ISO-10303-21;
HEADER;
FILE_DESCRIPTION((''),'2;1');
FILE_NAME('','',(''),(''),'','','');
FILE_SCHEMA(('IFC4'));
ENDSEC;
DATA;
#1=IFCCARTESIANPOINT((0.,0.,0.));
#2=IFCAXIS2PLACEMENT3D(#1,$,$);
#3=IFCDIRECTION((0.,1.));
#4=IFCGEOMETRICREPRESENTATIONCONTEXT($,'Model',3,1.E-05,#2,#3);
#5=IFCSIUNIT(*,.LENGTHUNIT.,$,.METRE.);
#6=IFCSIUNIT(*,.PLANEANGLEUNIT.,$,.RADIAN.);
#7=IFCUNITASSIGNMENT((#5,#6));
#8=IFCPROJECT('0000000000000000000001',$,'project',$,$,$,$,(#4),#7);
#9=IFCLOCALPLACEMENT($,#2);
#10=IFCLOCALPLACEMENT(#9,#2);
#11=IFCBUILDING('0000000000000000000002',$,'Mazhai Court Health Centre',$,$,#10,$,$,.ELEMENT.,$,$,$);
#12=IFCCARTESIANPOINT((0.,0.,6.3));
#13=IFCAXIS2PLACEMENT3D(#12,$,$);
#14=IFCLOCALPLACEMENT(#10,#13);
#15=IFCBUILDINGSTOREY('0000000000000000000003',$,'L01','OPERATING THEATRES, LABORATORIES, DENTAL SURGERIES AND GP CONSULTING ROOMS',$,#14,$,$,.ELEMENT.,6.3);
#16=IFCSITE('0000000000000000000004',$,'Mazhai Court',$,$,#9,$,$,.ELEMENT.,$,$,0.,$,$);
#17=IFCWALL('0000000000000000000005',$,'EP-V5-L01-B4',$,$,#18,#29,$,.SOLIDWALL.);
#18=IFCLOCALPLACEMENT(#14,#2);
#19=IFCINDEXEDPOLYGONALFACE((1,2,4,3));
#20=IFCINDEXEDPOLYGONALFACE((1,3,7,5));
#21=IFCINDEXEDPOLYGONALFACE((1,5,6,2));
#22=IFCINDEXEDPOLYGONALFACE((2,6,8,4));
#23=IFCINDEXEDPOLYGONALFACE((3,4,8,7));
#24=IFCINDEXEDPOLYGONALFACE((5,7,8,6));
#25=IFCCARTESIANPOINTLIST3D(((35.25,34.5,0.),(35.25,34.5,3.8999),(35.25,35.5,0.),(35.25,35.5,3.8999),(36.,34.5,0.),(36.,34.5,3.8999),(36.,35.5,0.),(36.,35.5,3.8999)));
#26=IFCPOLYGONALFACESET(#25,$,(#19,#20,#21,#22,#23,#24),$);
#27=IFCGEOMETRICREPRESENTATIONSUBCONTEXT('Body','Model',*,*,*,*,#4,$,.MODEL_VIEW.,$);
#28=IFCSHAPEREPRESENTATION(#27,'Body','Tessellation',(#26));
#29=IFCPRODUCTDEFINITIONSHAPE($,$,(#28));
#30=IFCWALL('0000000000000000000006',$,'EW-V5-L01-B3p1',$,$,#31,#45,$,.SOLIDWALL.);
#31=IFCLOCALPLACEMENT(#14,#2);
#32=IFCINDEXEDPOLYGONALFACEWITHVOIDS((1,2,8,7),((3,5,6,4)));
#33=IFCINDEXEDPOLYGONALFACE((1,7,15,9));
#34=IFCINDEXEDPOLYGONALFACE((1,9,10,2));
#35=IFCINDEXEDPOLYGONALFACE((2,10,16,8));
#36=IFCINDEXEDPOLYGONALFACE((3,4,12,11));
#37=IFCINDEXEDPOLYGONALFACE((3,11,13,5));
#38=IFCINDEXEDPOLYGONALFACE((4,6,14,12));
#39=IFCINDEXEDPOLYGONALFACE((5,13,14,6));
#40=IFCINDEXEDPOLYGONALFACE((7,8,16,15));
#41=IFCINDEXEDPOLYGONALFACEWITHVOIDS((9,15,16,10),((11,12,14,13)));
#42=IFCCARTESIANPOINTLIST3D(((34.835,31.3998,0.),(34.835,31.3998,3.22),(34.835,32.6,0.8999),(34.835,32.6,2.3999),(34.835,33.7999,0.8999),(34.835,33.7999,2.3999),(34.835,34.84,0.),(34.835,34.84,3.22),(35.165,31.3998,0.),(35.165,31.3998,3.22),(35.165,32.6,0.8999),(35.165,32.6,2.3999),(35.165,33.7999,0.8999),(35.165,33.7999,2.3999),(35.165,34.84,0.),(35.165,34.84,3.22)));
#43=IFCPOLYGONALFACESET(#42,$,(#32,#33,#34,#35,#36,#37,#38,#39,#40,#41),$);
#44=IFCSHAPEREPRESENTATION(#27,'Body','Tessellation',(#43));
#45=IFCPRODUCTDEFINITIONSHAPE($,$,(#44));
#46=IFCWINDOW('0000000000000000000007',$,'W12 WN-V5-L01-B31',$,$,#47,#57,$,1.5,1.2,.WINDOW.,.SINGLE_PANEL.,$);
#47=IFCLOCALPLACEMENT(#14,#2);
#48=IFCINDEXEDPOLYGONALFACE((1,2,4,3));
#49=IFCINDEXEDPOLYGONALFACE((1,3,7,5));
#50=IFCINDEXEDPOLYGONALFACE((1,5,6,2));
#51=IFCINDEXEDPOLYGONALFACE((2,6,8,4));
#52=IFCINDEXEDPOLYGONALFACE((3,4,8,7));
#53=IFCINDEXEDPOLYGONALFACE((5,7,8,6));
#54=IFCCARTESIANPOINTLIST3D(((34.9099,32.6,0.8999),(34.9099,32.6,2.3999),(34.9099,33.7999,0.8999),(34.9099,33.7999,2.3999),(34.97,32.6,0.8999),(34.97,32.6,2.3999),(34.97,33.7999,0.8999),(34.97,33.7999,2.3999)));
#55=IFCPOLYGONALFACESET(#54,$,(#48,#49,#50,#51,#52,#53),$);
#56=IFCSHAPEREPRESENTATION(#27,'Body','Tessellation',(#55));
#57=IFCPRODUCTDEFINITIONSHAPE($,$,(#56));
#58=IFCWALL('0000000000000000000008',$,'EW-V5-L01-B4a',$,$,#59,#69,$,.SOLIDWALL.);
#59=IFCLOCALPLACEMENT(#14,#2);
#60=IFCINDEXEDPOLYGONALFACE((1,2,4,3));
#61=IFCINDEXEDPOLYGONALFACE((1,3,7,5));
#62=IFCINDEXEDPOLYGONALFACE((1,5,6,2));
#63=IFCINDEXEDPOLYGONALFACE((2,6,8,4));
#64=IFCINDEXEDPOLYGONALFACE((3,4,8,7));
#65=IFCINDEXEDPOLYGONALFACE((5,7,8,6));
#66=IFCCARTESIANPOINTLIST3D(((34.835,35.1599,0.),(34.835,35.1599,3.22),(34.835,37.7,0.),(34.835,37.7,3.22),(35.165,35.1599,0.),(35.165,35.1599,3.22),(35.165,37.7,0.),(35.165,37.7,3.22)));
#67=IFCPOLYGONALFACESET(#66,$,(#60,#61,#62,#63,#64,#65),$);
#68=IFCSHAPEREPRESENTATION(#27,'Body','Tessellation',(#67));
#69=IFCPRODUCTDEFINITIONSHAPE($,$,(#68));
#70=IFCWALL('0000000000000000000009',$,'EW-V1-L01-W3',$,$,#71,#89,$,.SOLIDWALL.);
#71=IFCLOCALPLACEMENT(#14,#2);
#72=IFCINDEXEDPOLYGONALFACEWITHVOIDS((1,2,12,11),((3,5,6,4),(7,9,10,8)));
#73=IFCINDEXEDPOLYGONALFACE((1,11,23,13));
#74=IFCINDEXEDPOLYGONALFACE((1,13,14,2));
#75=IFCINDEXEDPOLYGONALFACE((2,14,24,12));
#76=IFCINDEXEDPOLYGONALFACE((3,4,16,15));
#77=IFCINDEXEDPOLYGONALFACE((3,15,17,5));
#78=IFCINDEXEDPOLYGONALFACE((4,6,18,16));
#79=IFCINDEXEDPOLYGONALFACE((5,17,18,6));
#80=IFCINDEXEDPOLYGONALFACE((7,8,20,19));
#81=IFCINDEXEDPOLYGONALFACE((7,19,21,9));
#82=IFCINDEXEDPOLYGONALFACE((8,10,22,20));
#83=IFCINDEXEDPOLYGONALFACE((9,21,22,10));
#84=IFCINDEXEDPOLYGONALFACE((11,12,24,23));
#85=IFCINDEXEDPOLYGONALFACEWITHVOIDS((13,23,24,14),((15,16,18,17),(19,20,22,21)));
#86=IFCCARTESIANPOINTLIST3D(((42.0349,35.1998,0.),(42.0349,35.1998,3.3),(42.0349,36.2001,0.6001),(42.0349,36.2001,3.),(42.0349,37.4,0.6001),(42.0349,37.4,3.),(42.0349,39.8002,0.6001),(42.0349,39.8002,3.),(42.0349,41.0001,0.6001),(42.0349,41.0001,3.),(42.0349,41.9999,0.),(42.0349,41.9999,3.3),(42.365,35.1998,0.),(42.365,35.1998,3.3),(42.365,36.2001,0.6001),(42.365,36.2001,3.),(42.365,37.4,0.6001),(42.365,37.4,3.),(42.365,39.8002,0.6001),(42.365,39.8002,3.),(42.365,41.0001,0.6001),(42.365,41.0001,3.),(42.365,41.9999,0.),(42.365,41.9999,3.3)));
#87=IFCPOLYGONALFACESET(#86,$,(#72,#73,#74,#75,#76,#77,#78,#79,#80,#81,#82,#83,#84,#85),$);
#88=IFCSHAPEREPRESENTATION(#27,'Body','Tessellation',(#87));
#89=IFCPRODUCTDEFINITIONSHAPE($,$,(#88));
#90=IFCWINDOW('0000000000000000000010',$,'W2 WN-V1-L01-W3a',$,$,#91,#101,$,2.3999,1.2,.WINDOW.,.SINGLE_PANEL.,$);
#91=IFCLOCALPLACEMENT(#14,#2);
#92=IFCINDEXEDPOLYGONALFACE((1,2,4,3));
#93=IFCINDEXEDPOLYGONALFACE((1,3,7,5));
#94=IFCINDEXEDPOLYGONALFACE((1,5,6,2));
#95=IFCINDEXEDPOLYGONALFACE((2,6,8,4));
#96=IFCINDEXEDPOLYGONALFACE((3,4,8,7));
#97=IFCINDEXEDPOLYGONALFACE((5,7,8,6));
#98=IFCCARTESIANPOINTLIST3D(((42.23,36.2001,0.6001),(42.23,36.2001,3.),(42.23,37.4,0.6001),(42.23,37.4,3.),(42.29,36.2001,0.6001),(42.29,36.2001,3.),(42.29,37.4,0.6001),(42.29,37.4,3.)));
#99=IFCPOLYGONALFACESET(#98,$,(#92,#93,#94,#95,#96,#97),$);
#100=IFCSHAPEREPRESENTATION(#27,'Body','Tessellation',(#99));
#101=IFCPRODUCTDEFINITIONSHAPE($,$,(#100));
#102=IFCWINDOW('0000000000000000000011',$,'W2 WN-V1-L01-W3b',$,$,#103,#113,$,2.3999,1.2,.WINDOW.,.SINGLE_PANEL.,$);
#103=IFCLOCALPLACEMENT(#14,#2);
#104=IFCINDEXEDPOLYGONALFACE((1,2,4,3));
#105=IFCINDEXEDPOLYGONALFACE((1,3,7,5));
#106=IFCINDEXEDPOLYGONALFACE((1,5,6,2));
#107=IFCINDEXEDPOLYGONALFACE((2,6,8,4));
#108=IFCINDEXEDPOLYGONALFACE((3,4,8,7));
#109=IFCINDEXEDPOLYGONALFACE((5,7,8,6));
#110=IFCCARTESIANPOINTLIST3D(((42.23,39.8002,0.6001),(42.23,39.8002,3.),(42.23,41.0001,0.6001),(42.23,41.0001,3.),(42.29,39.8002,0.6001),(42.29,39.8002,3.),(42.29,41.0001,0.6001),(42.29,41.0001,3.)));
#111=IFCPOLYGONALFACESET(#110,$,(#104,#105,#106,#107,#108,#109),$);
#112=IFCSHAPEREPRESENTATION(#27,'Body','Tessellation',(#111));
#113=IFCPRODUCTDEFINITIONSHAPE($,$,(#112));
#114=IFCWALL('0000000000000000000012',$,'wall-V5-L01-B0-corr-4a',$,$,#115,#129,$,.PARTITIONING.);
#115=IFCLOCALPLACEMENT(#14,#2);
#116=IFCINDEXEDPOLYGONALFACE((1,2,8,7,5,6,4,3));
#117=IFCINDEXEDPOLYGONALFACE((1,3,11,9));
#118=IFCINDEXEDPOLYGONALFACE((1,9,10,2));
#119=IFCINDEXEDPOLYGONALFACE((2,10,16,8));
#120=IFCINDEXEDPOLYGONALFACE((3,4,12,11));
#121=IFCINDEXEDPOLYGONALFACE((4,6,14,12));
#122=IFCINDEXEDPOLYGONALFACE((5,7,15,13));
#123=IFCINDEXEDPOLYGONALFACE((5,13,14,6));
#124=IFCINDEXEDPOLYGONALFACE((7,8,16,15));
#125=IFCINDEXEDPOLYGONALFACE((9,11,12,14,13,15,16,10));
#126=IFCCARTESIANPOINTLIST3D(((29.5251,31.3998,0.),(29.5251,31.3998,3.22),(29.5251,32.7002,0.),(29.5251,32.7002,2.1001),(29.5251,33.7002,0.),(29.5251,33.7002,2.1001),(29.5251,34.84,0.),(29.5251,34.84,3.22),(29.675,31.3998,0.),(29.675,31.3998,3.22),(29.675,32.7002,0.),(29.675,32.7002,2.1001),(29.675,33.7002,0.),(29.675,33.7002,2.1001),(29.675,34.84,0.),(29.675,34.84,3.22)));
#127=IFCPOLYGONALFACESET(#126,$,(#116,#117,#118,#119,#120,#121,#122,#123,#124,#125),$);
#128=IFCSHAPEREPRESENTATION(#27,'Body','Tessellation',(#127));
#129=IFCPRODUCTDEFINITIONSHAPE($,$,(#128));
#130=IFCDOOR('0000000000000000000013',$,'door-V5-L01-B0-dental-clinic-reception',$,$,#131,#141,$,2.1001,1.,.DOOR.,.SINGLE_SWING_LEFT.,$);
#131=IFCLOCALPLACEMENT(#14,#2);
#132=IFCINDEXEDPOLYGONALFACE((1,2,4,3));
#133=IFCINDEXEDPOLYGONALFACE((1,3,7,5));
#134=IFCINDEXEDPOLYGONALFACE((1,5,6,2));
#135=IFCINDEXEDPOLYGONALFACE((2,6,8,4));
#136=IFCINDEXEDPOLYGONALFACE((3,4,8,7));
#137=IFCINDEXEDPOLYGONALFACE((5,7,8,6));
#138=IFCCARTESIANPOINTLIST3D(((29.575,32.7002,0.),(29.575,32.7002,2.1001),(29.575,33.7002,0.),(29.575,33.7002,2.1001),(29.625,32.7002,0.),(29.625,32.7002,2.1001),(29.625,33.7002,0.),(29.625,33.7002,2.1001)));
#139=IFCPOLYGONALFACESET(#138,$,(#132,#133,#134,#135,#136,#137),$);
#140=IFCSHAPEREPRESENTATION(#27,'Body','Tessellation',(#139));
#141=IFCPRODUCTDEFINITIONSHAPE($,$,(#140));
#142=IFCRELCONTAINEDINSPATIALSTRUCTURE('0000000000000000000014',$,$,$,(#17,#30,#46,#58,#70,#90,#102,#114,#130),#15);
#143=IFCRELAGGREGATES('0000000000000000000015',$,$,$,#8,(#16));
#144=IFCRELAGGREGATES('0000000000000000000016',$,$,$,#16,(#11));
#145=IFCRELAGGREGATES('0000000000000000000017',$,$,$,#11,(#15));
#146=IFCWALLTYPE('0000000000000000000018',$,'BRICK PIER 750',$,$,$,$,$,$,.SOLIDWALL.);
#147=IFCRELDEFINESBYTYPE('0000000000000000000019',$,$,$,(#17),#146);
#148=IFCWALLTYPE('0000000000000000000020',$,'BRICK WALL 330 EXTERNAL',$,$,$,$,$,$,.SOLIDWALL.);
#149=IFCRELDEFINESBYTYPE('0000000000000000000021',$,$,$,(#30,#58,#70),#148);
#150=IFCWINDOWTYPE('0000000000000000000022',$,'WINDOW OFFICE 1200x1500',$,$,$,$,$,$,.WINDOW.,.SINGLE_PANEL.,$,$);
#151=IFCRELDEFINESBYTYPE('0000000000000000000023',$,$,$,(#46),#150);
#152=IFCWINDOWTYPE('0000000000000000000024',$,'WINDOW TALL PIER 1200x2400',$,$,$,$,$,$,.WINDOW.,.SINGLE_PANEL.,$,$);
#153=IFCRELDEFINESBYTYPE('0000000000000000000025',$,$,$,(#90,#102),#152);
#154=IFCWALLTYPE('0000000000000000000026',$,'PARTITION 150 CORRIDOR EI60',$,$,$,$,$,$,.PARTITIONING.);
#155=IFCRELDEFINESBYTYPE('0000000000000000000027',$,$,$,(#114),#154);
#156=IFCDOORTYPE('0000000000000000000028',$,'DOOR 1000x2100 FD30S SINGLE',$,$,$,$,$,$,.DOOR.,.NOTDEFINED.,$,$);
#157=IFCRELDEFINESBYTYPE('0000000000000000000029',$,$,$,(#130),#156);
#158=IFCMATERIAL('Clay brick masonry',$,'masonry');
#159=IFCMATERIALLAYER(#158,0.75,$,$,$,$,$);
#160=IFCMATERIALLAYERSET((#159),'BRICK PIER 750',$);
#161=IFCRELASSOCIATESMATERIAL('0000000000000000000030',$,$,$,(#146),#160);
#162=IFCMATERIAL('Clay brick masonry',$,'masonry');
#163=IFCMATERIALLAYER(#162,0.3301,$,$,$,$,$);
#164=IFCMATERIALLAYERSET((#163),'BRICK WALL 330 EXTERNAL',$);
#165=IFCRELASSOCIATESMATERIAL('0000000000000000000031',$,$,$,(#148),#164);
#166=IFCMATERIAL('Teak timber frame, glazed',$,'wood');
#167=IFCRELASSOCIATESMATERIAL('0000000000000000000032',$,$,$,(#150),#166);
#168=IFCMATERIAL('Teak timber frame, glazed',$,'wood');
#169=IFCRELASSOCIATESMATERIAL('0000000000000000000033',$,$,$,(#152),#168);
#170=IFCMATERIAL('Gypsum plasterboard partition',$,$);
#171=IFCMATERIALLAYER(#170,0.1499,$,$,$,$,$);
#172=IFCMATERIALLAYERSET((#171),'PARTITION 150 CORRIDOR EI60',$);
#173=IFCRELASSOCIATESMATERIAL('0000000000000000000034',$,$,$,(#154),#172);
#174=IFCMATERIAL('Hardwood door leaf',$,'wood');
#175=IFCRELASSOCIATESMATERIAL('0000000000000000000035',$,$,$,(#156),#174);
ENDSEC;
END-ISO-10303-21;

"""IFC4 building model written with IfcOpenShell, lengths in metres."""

from ifc_helpers import new_model, si_unit, direction, frame, frame_2d, origin, place, context, subcontext, project, spatial, rectangle, extrude, material, layer, layer_set, type_object, element, fill, save


model = new_model("IFC4")

# Units and contexts
model_context = context("Model", 3, precision=1e-05, world=origin(), true_north=direction((0.0, 1.0)))
body_context = subcontext(model_context, "Body", "Model", "MODEL_VIEW")
ifc_project = project(units=[si_unit("LENGTHUNIT", "METRE"), si_unit("PLANEANGLEUNIT", "RADIAN")], contexts=[model_context])

# Site, building, storey
site_placement = place(None, origin())
site = spatial("IfcSite", under=ifc_project, at=site_placement, Name="Mazhai Court", CompositionType="ELEMENT", RefElevation=0.0)
building_placement = place(site_placement, origin())
building = spatial("IfcBuilding", under=site, at=building_placement, Name="Mazhai Court Health Centre", CompositionType="ELEMENT")
storey_placement = place(building_placement, frame((0.0, 0.0, 6.3)))
storey = spatial("IfcBuildingStorey", under=building, at=storey_placement, Name="L01", Description="OPERATING THEATRES, LABORATORIES, DENTAL SURGERIES AND GP CONSULTING ROOMS", CompositionType="ELEMENT", Elevation=6.3)

# Wall
ifc_material_1 = material(Name="Clay brick masonry", Category="masonry")
ifc_layer_1 = layer(ifc_material_1, 0.75)
ifc_layer_set_1 = layer_set([ifc_layer_1], Name="BRICK PIER 750")
wall_type_1 = type_object("IfcWallType", Name="BRICK PIER 750", PredefinedType="SOLIDWALL", material=ifc_layer_set_1)
wall_1_placement = place(storey_placement, frame((35.625, 35.5, 0.0), z_axis=(0.0, 0.0, 1.0), x_axis=(0.0, -1.0, 0.0)))
element("IfcWall", 1, at=wall_1_placement, inside=storey, type_object=wall_type_1, Name="EP-V5-L01-B4", PredefinedType="SOLIDWALL", context=body_context, shape_type="SweptSolid", body=[
    extrude(rectangle(XDim=1.0, YDim=0.75, at=frame_2d((0.5, 0.0))), origin(), (0.0, 0.0, 1.0), 3.8999),
])

# Wall, opening, window
ifc_material_2 = material(Name="Clay brick masonry", Category="masonry")
ifc_layer_2 = layer(ifc_material_2, 0.3301)
ifc_layer_set_2 = layer_set([ifc_layer_2], Name="BRICK WALL 330 EXTERNAL")
wall_type_2 = type_object("IfcWallType", Name="BRICK WALL 330 EXTERNAL", PredefinedType="SOLIDWALL", material=ifc_layer_set_2)
wall_2_placement = place(storey_placement, frame((35.0, 34.8401, 0.0), z_axis=(0.0, 0.0, 1.0), x_axis=(0.0, -1.0, 0.0)))
wall_2 = element("IfcWall", 2, at=wall_2_placement, inside=storey, type_object=wall_type_2, Name="EW-V5-L01-B3p1", PredefinedType="SOLIDWALL", context=body_context, shape_type="SweptSolid", body=[
    extrude(rectangle(XDim=3.4402, YDim=0.3301, at=frame_2d((1.7202, 0.0))), origin(), (0.0, 0.0, 1.0), 3.22),
])
opening_1_placement = place(wall_2_placement, frame((1.04, 0.0, 0.8999)))
opening_1 = element("IfcOpeningElement", 3, at=opening_1_placement, cuts=wall_2, PredefinedType="OPENING", context=body_context, shape_type="SweptSolid", body=[
    extrude(rectangle(XDim=1.2, YDim=1.5, at=frame_2d((0.6001, 0.75))), frame((0.0, 0.175, 0.0), z_axis=(0.0, -1.0, 0.0), x_axis=(1.0, 0.0, 0.0)), (0.0, 0.0, 1.0), 0.3501),
])
ifc_material_3 = material(Name="Teak timber frame, glazed", Category="wood")
window_type_1 = type_object("IfcWindowType", Name="WINDOW OFFICE 1200x1500", PartitioningType="SINGLE_PANEL", PredefinedType="WINDOW", material=ifc_material_3)
window_1_placement = place(opening_1_placement, origin())
window_1 = element("IfcWindow", 4, at=window_1_placement, inside=storey, type_object=window_type_1, Name="W12 WN-V5-L01-B31", OverallHeight=1.5, OverallWidth=1.2, PartitioningType="SINGLE_PANEL", PredefinedType="WINDOW", context=body_context, shape_type="SweptSolid", body=[
    extrude(rectangle(XDim=1.2, YDim=1.5, at=frame_2d((0.6001, 0.75))), frame((0.0, -0.03, 0.0), z_axis=(0.0, -1.0, 0.0), x_axis=(1.0, 0.0, 0.0)), (0.0, 0.0, 1.0), 0.0601),
])
fill(opening_1, window_1)

# Wall
wall_3_placement = place(storey_placement, frame((35.0, 37.7, 0.0), z_axis=(0.0, 0.0, 1.0), x_axis=(0.0, -1.0, 0.0)))
element("IfcWall", 5, at=wall_3_placement, inside=storey, type_object=wall_type_2, Name="EW-V5-L01-B4a", PredefinedType="SOLIDWALL", context=body_context, shape_type="SweptSolid", body=[
    extrude(rectangle(XDim=2.54, YDim=0.3301, at=frame_2d((1.27, 0.0))), origin(), (0.0, 0.0, 1.0), 3.22),
])

# Wall, openings, windows
wall_4_placement = place(storey_placement, frame((42.2, 35.2, 0.0), z_axis=(0.0, 0.0, 1.0), x_axis=(0.0, 1.0, 0.0)))
wall_4 = element("IfcWall", 6, at=wall_4_placement, inside=storey, type_object=wall_type_2, Name="EW-V1-L01-W3", PredefinedType="SOLIDWALL", context=body_context, shape_type="SweptSolid", body=[
    extrude(rectangle(XDim=6.8, YDim=0.3301, at=frame_2d((3.3999, 0.0))), origin(), (0.0, 0.0, 1.0), 3.3),
])
opening_2_placement = place(wall_4_placement, frame((1.0, 0.0, 0.6001)))
opening_2 = element("IfcOpeningElement", 7, at=opening_2_placement, cuts=wall_4, PredefinedType="OPENING", context=body_context, shape_type="SweptSolid", body=[
    extrude(rectangle(XDim=1.2, YDim=2.3999, at=frame_2d((0.6001, 1.2))), frame((0.0, 0.175, 0.0), z_axis=(0.0, -1.0, 0.0), x_axis=(1.0, 0.0, 0.0)), (0.0, 0.0, 1.0), 0.3501),
])
opening_3_placement = place(wall_4_placement, frame((4.6001, 0.0, 0.6001)))
opening_3 = element("IfcOpeningElement", 8, at=opening_3_placement, cuts=wall_4, PredefinedType="OPENING", context=body_context, shape_type="SweptSolid", body=[
    extrude(rectangle(XDim=1.2, YDim=2.3999, at=frame_2d((0.6001, 1.2))), frame((0.0, 0.175, 0.0), z_axis=(0.0, -1.0, 0.0), x_axis=(1.0, 0.0, 0.0)), (0.0, 0.0, 1.0), 0.3501),
])
ifc_material_4 = material(Name="Teak timber frame, glazed", Category="wood")
window_type_2 = type_object("IfcWindowType", Name="WINDOW TALL PIER 1200x2400", PartitioningType="SINGLE_PANEL", PredefinedType="WINDOW", material=ifc_material_4)
window_2_placement = place(opening_2_placement, origin())
window_2 = element("IfcWindow", 9, at=window_2_placement, inside=storey, type_object=window_type_2, Name="W2 WN-V1-L01-W3a", OverallHeight=2.3999, OverallWidth=1.2, PartitioningType="SINGLE_PANEL", PredefinedType="WINDOW", context=body_context, shape_type="SweptSolid", body=[
    extrude(rectangle(XDim=1.2, YDim=2.3999, at=frame_2d((0.6001, 1.2))), frame((0.0, -0.03, 0.0), z_axis=(0.0, -1.0, 0.0), x_axis=(1.0, 0.0, 0.0)), (0.0, 0.0, 1.0), 0.0601),
])
fill(opening_2, window_2)
window_3_placement = place(opening_3_placement, origin())
window_3 = element("IfcWindow", 10, at=window_3_placement, inside=storey, type_object=window_type_2, Name="W2 WN-V1-L01-W3b", OverallHeight=2.3999, OverallWidth=1.2, PartitioningType="SINGLE_PANEL", PredefinedType="WINDOW", context=body_context, shape_type="SweptSolid", body=[
    extrude(rectangle(XDim=1.2, YDim=2.3999, at=frame_2d((0.6001, 1.2))), frame((0.0, -0.03, 0.0), z_axis=(0.0, -1.0, 0.0), x_axis=(1.0, 0.0, 0.0)), (0.0, 0.0, 1.0), 0.0601),
])
fill(opening_3, window_3)

# Wall, opening, door
ifc_material_5 = material(Name="Gypsum plasterboard partition")
ifc_layer_3 = layer(ifc_material_5, 0.1499)
ifc_layer_set_3 = layer_set([ifc_layer_3], Name="PARTITION 150 CORRIDOR EI60")
wall_type_3 = type_object("IfcWallType", Name="PARTITION 150 CORRIDOR EI60", PredefinedType="PARTITIONING", material=ifc_layer_set_3)
wall_5_placement = place(storey_placement, frame((29.6001, 34.8401, 0.0), z_axis=(0.0, 0.0, 1.0), x_axis=(0.0, -1.0, 0.0)))
wall_5 = element("IfcWall", 11, at=wall_5_placement, inside=storey, type_object=wall_type_3, Name="wall-V5-L01-B0-corr-4a", PredefinedType="PARTITIONING", context=body_context, shape_type="SweptSolid", body=[
    extrude(rectangle(XDim=3.4402, YDim=0.1499, at=frame_2d((1.7202, 0.0))), origin(), (0.0, 0.0, 1.0), 3.22),
])
opening_4_placement = place(wall_5_placement, frame((1.1399, 0.0, 0.0)))
opening_4 = element("IfcOpeningElement", 12, at=opening_4_placement, cuts=wall_5, PredefinedType="OPENING", context=body_context, shape_type="SweptSolid", body=[
    extrude(rectangle(XDim=1.0, YDim=2.1001, at=frame_2d((0.5, 1.05))), frame((0.0, 0.085, 0.0), z_axis=(0.0, -1.0, 0.0), x_axis=(1.0, 0.0, 0.0)), (0.0, 0.0, 1.0), 0.1699),
])
ifc_material_6 = material(Name="Hardwood door leaf", Category="wood")
door_type_1 = type_object("IfcDoorType", Name="DOOR 1000x2100 FD30S SINGLE", OperationType="NOTDEFINED", PredefinedType="DOOR", material=ifc_material_6)
door_1_placement = place(opening_4_placement, origin())
door_1 = element("IfcDoor", 13, at=door_1_placement, inside=storey, type_object=door_type_1, Name="door-V5-L01-B0-dental-clinic-reception", OperationType="SINGLE_SWING_LEFT", OverallHeight=2.1001, OverallWidth=1.0, PredefinedType="DOOR", context=body_context, shape_type="SweptSolid", body=[
    extrude(rectangle(XDim=1.0, YDim=2.1001, at=frame_2d((0.5, 1.05))), frame((0.0, 0.0249, 0.0), z_axis=(0.0, -1.0, 0.0), x_axis=(1.0, 0.0, 0.0)), (0.0, 0.0, 1.0), 0.05),
])
fill(opening_4, door_1)

save(model, "model.ifc")
